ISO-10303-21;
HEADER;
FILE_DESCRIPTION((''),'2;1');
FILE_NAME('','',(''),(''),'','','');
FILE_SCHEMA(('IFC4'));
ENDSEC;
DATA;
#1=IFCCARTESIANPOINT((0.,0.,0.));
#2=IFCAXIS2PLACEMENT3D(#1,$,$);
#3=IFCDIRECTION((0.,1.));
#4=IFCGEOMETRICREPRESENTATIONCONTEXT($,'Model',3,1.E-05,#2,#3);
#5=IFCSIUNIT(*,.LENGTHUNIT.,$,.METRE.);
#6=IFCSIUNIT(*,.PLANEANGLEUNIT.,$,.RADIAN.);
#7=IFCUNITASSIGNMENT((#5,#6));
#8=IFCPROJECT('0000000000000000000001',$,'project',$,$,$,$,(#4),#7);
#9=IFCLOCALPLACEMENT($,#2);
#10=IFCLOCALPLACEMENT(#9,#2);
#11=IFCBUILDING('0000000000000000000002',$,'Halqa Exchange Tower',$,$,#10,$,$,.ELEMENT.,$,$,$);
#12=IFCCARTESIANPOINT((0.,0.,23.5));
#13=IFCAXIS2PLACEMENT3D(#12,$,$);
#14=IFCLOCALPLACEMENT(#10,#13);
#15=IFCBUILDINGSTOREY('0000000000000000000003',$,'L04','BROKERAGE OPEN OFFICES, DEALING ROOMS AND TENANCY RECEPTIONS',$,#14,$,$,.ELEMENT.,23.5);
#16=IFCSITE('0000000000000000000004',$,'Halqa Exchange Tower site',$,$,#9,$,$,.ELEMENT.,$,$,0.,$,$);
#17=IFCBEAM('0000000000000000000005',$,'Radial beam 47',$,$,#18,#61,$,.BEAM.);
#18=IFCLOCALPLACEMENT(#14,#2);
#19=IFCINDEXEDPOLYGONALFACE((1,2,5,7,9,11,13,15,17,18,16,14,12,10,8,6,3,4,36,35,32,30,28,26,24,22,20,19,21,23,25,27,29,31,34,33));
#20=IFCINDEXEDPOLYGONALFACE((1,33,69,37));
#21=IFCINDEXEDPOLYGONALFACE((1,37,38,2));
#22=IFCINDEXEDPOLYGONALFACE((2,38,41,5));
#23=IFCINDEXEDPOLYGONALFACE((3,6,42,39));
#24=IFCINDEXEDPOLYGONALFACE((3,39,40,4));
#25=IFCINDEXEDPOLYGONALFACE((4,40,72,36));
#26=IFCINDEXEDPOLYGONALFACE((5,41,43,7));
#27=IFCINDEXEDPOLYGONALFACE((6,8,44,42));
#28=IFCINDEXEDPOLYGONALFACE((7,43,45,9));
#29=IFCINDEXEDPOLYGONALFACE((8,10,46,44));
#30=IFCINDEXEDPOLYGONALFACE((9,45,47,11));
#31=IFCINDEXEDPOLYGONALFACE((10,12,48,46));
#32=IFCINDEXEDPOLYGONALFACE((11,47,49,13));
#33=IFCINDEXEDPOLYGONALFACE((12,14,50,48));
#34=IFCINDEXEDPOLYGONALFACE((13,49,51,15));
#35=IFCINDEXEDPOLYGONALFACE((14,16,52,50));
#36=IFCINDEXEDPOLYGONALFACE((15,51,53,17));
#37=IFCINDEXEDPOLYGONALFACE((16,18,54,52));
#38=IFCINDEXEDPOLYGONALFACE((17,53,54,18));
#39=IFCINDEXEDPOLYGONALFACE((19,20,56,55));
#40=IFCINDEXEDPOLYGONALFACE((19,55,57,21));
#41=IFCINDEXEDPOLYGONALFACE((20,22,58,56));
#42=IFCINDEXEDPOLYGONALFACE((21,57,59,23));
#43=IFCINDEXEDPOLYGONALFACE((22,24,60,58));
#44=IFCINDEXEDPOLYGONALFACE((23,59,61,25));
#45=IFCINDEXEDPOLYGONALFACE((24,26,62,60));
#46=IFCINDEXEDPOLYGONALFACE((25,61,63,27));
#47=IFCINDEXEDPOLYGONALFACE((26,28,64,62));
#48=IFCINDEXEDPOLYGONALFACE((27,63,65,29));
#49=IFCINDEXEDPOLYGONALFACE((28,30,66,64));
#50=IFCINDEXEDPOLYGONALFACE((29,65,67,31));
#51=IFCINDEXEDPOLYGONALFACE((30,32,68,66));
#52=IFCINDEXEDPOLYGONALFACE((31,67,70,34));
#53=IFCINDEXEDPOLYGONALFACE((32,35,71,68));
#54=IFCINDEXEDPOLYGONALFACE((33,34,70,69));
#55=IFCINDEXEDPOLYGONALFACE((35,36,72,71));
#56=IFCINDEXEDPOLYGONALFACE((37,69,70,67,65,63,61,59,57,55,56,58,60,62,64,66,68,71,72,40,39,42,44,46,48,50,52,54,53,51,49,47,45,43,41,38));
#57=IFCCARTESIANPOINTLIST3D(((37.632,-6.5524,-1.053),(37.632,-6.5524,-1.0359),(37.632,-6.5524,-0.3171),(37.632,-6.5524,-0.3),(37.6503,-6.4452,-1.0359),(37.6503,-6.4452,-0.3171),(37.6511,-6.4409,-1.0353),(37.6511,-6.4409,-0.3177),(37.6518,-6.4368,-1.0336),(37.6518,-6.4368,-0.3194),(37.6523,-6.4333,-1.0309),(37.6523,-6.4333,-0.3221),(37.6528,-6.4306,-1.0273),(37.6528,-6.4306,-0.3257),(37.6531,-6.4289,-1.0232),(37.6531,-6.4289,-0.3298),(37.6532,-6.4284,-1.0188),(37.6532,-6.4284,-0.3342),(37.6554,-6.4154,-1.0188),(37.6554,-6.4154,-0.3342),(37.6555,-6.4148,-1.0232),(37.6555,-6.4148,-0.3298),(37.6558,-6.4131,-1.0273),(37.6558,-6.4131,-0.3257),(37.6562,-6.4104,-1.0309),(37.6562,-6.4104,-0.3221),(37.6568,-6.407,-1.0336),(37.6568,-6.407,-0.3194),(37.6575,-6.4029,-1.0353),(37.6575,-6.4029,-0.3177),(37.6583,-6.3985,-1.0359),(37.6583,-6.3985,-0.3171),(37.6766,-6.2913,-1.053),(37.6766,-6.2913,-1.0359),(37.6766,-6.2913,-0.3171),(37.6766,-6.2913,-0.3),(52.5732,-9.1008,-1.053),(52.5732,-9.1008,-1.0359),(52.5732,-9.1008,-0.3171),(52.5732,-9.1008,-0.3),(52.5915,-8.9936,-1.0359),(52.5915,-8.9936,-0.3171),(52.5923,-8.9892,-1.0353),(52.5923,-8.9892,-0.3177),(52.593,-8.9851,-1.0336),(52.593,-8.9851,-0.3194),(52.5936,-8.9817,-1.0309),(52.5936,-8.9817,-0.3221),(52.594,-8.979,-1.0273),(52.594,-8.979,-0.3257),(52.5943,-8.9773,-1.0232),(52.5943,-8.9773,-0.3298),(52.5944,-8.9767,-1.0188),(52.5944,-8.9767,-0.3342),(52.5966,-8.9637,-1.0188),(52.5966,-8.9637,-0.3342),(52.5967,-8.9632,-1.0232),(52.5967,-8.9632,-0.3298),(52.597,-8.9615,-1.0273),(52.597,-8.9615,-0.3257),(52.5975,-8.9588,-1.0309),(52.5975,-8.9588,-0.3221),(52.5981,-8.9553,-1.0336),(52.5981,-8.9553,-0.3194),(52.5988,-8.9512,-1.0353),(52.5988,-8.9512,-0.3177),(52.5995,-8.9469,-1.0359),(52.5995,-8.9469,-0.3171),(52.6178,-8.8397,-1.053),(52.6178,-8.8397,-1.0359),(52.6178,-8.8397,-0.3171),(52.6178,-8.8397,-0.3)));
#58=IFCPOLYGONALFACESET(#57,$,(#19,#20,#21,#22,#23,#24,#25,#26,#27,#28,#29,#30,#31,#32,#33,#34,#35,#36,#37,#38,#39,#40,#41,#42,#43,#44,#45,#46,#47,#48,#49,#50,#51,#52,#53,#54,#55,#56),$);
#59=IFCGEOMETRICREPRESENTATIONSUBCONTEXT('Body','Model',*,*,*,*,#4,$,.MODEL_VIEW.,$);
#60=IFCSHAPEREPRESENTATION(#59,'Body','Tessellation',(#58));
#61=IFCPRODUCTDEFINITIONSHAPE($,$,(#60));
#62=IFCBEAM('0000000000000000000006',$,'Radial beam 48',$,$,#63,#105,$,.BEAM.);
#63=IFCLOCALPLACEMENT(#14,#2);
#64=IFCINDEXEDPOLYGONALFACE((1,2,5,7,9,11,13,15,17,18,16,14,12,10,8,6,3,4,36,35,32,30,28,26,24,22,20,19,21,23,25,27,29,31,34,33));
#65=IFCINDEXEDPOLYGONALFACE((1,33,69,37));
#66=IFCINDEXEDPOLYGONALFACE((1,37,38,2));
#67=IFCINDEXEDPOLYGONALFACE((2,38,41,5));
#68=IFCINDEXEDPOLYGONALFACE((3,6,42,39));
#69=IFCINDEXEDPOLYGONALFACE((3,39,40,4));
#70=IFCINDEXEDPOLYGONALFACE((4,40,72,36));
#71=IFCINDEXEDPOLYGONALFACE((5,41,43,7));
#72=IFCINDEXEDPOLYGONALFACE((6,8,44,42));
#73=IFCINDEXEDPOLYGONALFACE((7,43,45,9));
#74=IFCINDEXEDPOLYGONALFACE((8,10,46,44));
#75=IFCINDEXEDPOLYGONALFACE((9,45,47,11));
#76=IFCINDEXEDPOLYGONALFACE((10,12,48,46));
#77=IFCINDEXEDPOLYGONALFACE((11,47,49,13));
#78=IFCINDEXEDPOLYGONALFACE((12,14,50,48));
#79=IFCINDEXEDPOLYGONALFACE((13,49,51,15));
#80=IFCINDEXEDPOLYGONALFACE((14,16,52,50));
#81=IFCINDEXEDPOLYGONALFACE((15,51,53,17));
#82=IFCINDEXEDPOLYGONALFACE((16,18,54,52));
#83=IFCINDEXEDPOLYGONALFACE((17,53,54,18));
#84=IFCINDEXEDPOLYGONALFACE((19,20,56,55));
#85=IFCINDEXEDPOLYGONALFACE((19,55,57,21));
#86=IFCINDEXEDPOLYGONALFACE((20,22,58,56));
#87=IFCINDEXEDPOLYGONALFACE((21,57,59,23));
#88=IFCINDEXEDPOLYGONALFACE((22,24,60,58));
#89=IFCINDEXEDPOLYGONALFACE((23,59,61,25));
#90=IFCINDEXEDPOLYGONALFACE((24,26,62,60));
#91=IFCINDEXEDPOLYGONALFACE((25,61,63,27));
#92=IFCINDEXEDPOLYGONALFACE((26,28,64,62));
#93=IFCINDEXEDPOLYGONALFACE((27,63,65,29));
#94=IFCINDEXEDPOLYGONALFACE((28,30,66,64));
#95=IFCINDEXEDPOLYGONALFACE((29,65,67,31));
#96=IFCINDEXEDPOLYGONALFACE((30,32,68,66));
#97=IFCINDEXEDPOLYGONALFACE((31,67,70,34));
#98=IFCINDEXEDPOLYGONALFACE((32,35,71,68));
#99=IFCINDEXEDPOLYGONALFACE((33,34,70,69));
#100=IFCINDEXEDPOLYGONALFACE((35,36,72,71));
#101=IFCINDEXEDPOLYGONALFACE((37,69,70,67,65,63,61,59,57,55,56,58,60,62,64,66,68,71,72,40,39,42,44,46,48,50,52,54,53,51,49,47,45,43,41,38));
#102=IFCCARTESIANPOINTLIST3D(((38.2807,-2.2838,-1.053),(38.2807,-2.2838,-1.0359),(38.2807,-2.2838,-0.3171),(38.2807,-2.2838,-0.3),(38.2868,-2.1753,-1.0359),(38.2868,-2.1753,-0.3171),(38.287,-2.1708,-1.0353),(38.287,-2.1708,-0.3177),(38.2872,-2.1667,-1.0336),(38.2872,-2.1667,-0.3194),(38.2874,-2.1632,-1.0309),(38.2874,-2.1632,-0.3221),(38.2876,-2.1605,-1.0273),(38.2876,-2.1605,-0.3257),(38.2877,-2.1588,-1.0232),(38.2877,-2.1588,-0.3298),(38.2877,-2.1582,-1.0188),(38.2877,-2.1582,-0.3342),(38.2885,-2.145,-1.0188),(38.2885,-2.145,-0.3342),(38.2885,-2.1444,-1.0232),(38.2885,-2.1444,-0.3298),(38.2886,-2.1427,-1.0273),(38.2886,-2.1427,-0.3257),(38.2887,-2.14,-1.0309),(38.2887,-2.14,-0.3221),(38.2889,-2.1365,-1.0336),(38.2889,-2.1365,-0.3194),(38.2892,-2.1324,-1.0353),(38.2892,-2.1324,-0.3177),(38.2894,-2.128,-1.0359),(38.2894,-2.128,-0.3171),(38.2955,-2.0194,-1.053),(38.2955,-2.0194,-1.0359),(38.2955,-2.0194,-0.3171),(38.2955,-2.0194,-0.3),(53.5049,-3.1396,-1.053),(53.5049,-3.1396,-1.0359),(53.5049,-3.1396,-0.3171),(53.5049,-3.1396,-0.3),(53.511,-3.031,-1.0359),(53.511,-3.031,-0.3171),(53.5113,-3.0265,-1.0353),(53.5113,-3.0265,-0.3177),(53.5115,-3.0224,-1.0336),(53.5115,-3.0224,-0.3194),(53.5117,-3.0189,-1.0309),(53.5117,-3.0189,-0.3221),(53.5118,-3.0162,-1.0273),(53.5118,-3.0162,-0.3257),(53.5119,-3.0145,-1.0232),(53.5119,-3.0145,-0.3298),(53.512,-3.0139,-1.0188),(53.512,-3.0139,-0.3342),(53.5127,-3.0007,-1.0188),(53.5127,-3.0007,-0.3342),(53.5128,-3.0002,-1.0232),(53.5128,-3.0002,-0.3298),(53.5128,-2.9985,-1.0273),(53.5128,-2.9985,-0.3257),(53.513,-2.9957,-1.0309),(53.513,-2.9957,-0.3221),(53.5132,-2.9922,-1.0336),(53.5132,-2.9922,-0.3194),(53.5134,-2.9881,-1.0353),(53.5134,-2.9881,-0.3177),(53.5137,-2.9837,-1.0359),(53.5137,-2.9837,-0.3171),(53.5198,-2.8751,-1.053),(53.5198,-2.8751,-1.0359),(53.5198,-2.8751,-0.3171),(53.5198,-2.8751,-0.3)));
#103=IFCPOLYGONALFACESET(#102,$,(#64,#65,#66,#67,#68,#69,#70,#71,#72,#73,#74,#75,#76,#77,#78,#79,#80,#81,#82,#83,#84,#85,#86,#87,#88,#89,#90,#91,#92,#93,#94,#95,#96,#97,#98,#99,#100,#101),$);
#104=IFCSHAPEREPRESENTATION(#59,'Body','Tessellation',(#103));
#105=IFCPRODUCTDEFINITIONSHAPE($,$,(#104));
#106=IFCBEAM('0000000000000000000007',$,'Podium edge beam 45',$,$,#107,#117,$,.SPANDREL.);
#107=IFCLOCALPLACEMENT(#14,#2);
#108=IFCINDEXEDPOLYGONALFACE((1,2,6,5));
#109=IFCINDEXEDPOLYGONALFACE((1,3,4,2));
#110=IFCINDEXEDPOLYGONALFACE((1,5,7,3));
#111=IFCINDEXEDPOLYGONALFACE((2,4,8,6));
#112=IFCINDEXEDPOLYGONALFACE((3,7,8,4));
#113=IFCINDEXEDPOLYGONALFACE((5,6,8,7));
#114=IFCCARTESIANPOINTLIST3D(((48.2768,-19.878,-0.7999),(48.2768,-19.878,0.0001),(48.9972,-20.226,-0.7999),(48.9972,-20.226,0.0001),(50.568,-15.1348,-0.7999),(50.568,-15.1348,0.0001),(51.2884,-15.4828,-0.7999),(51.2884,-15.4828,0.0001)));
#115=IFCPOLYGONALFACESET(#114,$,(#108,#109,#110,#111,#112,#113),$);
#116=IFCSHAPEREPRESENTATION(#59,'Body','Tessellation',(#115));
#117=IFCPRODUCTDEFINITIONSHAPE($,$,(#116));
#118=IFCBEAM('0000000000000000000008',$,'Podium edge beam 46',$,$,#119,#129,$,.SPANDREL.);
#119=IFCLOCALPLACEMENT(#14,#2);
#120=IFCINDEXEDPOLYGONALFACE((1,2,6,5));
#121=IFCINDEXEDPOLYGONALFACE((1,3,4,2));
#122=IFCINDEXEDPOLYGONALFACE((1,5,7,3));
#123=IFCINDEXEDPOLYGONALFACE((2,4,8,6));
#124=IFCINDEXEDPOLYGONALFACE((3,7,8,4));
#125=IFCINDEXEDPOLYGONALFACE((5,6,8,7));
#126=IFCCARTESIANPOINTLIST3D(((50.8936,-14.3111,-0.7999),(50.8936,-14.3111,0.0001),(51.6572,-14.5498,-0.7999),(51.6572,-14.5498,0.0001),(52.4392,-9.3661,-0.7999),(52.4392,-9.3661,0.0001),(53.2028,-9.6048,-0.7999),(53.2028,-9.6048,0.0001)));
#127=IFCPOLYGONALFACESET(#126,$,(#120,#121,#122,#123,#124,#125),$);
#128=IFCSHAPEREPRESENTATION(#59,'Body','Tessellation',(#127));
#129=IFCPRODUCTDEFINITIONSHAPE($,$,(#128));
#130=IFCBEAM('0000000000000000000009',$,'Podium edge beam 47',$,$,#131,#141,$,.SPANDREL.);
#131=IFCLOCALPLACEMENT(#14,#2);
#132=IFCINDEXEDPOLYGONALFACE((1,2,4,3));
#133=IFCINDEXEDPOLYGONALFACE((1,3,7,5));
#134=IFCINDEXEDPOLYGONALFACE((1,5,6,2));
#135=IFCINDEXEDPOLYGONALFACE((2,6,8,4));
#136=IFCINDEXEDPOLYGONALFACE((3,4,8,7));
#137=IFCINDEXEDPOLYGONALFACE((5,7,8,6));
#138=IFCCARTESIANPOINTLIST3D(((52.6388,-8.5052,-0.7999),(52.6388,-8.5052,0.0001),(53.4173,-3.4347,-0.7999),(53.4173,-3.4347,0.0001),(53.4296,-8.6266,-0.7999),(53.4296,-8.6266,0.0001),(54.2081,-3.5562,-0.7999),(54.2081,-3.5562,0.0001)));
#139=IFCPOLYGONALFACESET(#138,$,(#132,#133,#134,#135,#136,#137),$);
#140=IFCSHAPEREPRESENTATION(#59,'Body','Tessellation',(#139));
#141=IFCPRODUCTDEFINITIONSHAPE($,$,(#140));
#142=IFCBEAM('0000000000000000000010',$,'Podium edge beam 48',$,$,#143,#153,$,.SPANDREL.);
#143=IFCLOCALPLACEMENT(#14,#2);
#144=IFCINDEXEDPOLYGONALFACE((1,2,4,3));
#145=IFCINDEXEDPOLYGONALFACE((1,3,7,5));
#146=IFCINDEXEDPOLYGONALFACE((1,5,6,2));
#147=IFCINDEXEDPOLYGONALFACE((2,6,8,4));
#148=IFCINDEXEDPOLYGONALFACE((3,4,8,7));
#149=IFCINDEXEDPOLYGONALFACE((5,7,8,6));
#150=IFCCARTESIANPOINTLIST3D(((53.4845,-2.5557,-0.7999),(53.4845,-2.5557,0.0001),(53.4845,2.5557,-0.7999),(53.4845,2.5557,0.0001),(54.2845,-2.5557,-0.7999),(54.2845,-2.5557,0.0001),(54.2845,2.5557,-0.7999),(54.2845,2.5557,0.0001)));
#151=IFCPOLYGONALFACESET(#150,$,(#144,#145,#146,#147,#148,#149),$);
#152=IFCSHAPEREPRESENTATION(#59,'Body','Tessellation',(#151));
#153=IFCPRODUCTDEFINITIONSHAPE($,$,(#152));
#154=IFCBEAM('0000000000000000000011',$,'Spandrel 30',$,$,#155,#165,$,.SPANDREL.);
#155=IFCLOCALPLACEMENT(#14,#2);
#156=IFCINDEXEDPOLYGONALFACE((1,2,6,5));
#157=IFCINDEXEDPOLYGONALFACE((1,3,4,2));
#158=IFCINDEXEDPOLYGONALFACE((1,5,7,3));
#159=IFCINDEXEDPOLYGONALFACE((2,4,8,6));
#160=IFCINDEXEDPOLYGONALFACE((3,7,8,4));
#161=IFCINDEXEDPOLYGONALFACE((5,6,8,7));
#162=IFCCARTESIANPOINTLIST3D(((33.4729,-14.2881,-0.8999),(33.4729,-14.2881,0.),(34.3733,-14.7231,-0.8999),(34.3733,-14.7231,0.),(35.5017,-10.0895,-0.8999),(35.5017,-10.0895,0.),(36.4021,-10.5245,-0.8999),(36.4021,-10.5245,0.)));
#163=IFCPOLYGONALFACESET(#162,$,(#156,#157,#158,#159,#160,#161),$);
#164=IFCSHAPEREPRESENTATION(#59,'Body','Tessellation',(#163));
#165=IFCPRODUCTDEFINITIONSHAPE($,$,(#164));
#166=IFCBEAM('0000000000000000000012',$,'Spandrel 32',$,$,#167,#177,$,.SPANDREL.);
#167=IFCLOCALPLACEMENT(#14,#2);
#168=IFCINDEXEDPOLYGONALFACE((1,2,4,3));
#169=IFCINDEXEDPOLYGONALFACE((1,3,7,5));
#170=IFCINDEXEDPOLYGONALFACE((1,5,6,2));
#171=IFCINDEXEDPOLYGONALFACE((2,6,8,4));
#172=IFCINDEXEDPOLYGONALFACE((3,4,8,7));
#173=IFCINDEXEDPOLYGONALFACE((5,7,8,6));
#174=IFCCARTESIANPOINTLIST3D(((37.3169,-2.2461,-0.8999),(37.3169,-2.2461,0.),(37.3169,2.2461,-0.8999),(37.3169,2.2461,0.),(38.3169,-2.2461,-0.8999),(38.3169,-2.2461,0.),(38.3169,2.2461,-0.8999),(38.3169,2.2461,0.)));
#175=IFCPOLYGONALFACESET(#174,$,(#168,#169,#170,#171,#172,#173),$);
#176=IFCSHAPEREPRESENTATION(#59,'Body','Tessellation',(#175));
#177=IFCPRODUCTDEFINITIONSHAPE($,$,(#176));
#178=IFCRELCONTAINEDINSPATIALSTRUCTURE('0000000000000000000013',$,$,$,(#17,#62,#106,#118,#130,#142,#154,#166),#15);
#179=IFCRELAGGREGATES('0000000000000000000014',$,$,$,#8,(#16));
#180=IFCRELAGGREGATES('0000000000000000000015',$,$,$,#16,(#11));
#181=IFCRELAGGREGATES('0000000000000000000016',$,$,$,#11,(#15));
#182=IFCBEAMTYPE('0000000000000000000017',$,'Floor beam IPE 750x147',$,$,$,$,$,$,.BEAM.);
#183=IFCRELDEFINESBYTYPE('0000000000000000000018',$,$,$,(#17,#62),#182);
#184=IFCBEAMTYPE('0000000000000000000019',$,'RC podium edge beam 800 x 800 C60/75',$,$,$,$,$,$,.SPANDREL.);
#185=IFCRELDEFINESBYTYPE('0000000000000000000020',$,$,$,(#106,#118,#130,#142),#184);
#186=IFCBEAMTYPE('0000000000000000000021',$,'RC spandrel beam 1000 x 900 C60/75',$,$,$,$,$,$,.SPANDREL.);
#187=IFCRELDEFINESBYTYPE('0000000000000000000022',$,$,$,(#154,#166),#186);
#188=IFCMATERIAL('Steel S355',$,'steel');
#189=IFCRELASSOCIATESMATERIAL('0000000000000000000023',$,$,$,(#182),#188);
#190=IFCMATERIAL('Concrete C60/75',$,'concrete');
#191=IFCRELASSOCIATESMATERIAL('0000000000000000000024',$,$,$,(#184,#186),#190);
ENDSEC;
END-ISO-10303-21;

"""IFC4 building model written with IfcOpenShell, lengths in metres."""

from ifc_helpers import new_model, si_unit, direction, frame, origin, origin_2d, place, context, subcontext, project, spatial, rectangle, i_section, extrude, material, material_profile, profile_set, type_object, element, save


model = new_model("IFC4")

# Units and contexts
model_context = context("Model", 3, precision=1e-05, world=origin(), true_north=direction((0.0, 1.0)))
body_context = subcontext(model_context, "Body", "Model", "MODEL_VIEW")
ifc_project = project(units=[si_unit("LENGTHUNIT", "METRE"), si_unit("PLANEANGLEUNIT", "RADIAN")], contexts=[model_context])

# Site, building, storey
site_placement = place(None, origin())
site = spatial("IfcSite", under=ifc_project, at=site_placement, Name="Halqa Exchange Tower site", CompositionType="ELEMENT", RefElevation=0.0)
building_placement = place(site_placement, origin())
building = spatial("IfcBuilding", under=site, at=building_placement, Name="Halqa Exchange Tower", CompositionType="ELEMENT")
storey_placement = place(building_placement, frame((0.0, 0.0, 23.5)))
storey = spatial("IfcBuildingStorey", under=building, at=storey_placement, Name="L04", Description="BROKERAGE OPEN OFFICES, DEALING ROOMS AND TENANCY RECEPTIONS", CompositionType="ELEMENT", Elevation=23.5)

# Beams
ifc_material_1 = material(Name="Steel S355", Category="steel")
ifc_material_profile_1 = material_profile(ifc_material_1, i_section(OverallWidth=0.2649, OverallDepth=0.7529, WebThickness=0.0132, FlangeThickness=0.0171, FilletRadius=0.0171, at=origin_2d()), Name="IPE 750x147")
ifc_profile_set_1 = profile_set([ifc_material_profile_1], Name="Steel S355")
beam_type_1 = type_object("IfcBeamType", Name="Floor beam IPE 750x147", PredefinedType="BEAM", material=ifc_profile_set_1)
beam_1_placement = place(storey_placement, frame((37.6543, -6.4219, -0.6765), z_axis=(0.985765, -0.16813, 0.0), x_axis=(0.16813, 0.985765, 0.0)))
element("IfcBeam", 1, at=beam_1_placement, inside=storey, type_object=beam_type_1, Name="Radial beam 47", PredefinedType="BEAM", context=body_context, shape_type="SweptSolid", body=[
    extrude(i_section(OverallWidth=0.2649, OverallDepth=0.7529, WebThickness=0.0132, FlangeThickness=0.0171, FilletRadius=0.0171, at=origin_2d()), origin(), (0.0, 0.0, 1.0), 15.157),
])
beam_2_placement = place(storey_placement, frame((38.2881, -2.1516, -0.6765), z_axis=(0.998424, -0.056118, 0.0), x_axis=(0.056118, 0.998424, 0.0)))
element("IfcBeam", 2, at=beam_2_placement, inside=storey, type_object=beam_type_1, Name="Radial beam 48", PredefinedType="BEAM", context=body_context, shape_type="SweptSolid", body=[
    extrude(i_section(OverallWidth=0.2649, OverallDepth=0.7529, WebThickness=0.0132, FlangeThickness=0.0171, FilletRadius=0.0171, at=origin_2d()), origin(), (0.0, 0.0, 1.0), 15.2483),
])
ifc_material_2 = material(Name="Concrete C60/75", Category="concrete")
ifc_material_profile_2 = material_profile(ifc_material_2, rectangle(XDim=0.8, YDim=0.8, at=origin_2d()), Name="800 x 800")
ifc_profile_set_2 = profile_set([ifc_material_profile_2], Name="Concrete C60/75")
beam_type_2 = type_object("IfcBeamType", Name="RC podium edge beam 800 x 800 C60/75", PredefinedType="SPANDREL", material=ifc_profile_set_2)
beam_3_placement = place(storey_placement, frame((48.637, -20.052, -0.3999), z_axis=(0.434973, 0.900443, 0.0), x_axis=(-0.900443, 0.434973, 0.0)))
element("IfcBeam", 3, at=beam_3_placement, inside=storey, type_object=beam_type_2, Name="Podium edge beam 45", PredefinedType="SPANDREL", context=body_context, shape_type="SweptSolid", body=[
    extrude(rectangle(XDim=0.8, YDim=0.8, at=origin_2d()), origin(), (0.0, 0.0, 1.0), 5.2676),
])
beam_4_placement = place(storey_placement, frame((51.2754, -14.4304, -0.3999), z_axis=(0.298331, 0.954462, 0.0), x_axis=(-0.954462, 0.298331, 0.0)))
element("IfcBeam", 4, at=beam_4_placement, inside=storey, type_object=beam_type_2, Name="Podium edge beam 46", PredefinedType="SPANDREL", context=body_context, shape_type="SweptSolid", body=[
    extrude(rectangle(XDim=0.8, YDim=0.8, at=origin_2d()), origin(), (0.0, 0.0, 1.0), 5.1809),
])
beam_5_placement = place(storey_placement, frame((53.0342, -8.5659, -0.3999), z_axis=(0.151768, 0.988416, 0.0), x_axis=(-0.988416, 0.151768, 0.0)))
element("IfcBeam", 5, at=beam_5_placement, inside=storey, type_object=beam_type_2, Name="Podium edge beam 47", PredefinedType="SPANDREL", context=body_context, shape_type="SweptSolid", body=[
    extrude(rectangle(XDim=0.8, YDim=0.8, at=origin_2d()), origin(), (0.0, 0.0, 1.0), 5.1299),
])
beam_6_placement = place(storey_placement, frame((53.8845, -2.5557, -0.3999), z_axis=(0.0, 1.0, 0.0), x_axis=(-1.0, 0.0, 0.0)))
element("IfcBeam", 6, at=beam_6_placement, inside=storey, type_object=beam_type_2, Name="Podium edge beam 48", PredefinedType="SPANDREL", context=body_context, shape_type="SweptSolid", body=[
    extrude(rectangle(XDim=0.8, YDim=0.8, at=origin_2d()), origin(), (0.0, 0.0, 1.0), 5.1113),
])
ifc_material_profile_3 = material_profile(ifc_material_2, rectangle(XDim=1.0, YDim=0.8999, at=origin_2d()), Name="1000 x 900")
ifc_profile_set_3 = profile_set([ifc_material_profile_3], Name="Concrete C60/75")
beam_type_3 = type_object("IfcBeamType", Name="RC spandrel beam 1000 x 900 C60/75", PredefinedType="SPANDREL", material=ifc_profile_set_3)
beam_7_placement = place(storey_placement, frame((33.9231, -14.5056, -0.45), z_axis=(0.435068, 0.900397, 0.0), x_axis=(-0.900397, 0.435068, 0.0)))
element("IfcBeam", 7, at=beam_7_placement, inside=storey, type_object=beam_type_3, Name="Spandrel 30", PredefinedType="SPANDREL", context=body_context, shape_type="SweptSolid", body=[
    extrude(rectangle(XDim=1.0, YDim=0.8999, at=origin_2d()), origin(), (0.0, 0.0, 1.0), 4.6631),
])
beam_8_placement = place(storey_placement, frame((37.8169, -2.2461, -0.45), z_axis=(0.0, 1.0, 0.0), x_axis=(-1.0, 0.0, 0.0)))
element("IfcBeam", 8, at=beam_8_placement, inside=storey, type_object=beam_type_3, Name="Spandrel 32", PredefinedType="SPANDREL", context=body_context, shape_type="SweptSolid", body=[
    extrude(rectangle(XDim=1.0, YDim=0.8999, at=origin_2d()), origin(), (0.0, 0.0, 1.0), 4.4922),
])

save(model, "model.ifc")
